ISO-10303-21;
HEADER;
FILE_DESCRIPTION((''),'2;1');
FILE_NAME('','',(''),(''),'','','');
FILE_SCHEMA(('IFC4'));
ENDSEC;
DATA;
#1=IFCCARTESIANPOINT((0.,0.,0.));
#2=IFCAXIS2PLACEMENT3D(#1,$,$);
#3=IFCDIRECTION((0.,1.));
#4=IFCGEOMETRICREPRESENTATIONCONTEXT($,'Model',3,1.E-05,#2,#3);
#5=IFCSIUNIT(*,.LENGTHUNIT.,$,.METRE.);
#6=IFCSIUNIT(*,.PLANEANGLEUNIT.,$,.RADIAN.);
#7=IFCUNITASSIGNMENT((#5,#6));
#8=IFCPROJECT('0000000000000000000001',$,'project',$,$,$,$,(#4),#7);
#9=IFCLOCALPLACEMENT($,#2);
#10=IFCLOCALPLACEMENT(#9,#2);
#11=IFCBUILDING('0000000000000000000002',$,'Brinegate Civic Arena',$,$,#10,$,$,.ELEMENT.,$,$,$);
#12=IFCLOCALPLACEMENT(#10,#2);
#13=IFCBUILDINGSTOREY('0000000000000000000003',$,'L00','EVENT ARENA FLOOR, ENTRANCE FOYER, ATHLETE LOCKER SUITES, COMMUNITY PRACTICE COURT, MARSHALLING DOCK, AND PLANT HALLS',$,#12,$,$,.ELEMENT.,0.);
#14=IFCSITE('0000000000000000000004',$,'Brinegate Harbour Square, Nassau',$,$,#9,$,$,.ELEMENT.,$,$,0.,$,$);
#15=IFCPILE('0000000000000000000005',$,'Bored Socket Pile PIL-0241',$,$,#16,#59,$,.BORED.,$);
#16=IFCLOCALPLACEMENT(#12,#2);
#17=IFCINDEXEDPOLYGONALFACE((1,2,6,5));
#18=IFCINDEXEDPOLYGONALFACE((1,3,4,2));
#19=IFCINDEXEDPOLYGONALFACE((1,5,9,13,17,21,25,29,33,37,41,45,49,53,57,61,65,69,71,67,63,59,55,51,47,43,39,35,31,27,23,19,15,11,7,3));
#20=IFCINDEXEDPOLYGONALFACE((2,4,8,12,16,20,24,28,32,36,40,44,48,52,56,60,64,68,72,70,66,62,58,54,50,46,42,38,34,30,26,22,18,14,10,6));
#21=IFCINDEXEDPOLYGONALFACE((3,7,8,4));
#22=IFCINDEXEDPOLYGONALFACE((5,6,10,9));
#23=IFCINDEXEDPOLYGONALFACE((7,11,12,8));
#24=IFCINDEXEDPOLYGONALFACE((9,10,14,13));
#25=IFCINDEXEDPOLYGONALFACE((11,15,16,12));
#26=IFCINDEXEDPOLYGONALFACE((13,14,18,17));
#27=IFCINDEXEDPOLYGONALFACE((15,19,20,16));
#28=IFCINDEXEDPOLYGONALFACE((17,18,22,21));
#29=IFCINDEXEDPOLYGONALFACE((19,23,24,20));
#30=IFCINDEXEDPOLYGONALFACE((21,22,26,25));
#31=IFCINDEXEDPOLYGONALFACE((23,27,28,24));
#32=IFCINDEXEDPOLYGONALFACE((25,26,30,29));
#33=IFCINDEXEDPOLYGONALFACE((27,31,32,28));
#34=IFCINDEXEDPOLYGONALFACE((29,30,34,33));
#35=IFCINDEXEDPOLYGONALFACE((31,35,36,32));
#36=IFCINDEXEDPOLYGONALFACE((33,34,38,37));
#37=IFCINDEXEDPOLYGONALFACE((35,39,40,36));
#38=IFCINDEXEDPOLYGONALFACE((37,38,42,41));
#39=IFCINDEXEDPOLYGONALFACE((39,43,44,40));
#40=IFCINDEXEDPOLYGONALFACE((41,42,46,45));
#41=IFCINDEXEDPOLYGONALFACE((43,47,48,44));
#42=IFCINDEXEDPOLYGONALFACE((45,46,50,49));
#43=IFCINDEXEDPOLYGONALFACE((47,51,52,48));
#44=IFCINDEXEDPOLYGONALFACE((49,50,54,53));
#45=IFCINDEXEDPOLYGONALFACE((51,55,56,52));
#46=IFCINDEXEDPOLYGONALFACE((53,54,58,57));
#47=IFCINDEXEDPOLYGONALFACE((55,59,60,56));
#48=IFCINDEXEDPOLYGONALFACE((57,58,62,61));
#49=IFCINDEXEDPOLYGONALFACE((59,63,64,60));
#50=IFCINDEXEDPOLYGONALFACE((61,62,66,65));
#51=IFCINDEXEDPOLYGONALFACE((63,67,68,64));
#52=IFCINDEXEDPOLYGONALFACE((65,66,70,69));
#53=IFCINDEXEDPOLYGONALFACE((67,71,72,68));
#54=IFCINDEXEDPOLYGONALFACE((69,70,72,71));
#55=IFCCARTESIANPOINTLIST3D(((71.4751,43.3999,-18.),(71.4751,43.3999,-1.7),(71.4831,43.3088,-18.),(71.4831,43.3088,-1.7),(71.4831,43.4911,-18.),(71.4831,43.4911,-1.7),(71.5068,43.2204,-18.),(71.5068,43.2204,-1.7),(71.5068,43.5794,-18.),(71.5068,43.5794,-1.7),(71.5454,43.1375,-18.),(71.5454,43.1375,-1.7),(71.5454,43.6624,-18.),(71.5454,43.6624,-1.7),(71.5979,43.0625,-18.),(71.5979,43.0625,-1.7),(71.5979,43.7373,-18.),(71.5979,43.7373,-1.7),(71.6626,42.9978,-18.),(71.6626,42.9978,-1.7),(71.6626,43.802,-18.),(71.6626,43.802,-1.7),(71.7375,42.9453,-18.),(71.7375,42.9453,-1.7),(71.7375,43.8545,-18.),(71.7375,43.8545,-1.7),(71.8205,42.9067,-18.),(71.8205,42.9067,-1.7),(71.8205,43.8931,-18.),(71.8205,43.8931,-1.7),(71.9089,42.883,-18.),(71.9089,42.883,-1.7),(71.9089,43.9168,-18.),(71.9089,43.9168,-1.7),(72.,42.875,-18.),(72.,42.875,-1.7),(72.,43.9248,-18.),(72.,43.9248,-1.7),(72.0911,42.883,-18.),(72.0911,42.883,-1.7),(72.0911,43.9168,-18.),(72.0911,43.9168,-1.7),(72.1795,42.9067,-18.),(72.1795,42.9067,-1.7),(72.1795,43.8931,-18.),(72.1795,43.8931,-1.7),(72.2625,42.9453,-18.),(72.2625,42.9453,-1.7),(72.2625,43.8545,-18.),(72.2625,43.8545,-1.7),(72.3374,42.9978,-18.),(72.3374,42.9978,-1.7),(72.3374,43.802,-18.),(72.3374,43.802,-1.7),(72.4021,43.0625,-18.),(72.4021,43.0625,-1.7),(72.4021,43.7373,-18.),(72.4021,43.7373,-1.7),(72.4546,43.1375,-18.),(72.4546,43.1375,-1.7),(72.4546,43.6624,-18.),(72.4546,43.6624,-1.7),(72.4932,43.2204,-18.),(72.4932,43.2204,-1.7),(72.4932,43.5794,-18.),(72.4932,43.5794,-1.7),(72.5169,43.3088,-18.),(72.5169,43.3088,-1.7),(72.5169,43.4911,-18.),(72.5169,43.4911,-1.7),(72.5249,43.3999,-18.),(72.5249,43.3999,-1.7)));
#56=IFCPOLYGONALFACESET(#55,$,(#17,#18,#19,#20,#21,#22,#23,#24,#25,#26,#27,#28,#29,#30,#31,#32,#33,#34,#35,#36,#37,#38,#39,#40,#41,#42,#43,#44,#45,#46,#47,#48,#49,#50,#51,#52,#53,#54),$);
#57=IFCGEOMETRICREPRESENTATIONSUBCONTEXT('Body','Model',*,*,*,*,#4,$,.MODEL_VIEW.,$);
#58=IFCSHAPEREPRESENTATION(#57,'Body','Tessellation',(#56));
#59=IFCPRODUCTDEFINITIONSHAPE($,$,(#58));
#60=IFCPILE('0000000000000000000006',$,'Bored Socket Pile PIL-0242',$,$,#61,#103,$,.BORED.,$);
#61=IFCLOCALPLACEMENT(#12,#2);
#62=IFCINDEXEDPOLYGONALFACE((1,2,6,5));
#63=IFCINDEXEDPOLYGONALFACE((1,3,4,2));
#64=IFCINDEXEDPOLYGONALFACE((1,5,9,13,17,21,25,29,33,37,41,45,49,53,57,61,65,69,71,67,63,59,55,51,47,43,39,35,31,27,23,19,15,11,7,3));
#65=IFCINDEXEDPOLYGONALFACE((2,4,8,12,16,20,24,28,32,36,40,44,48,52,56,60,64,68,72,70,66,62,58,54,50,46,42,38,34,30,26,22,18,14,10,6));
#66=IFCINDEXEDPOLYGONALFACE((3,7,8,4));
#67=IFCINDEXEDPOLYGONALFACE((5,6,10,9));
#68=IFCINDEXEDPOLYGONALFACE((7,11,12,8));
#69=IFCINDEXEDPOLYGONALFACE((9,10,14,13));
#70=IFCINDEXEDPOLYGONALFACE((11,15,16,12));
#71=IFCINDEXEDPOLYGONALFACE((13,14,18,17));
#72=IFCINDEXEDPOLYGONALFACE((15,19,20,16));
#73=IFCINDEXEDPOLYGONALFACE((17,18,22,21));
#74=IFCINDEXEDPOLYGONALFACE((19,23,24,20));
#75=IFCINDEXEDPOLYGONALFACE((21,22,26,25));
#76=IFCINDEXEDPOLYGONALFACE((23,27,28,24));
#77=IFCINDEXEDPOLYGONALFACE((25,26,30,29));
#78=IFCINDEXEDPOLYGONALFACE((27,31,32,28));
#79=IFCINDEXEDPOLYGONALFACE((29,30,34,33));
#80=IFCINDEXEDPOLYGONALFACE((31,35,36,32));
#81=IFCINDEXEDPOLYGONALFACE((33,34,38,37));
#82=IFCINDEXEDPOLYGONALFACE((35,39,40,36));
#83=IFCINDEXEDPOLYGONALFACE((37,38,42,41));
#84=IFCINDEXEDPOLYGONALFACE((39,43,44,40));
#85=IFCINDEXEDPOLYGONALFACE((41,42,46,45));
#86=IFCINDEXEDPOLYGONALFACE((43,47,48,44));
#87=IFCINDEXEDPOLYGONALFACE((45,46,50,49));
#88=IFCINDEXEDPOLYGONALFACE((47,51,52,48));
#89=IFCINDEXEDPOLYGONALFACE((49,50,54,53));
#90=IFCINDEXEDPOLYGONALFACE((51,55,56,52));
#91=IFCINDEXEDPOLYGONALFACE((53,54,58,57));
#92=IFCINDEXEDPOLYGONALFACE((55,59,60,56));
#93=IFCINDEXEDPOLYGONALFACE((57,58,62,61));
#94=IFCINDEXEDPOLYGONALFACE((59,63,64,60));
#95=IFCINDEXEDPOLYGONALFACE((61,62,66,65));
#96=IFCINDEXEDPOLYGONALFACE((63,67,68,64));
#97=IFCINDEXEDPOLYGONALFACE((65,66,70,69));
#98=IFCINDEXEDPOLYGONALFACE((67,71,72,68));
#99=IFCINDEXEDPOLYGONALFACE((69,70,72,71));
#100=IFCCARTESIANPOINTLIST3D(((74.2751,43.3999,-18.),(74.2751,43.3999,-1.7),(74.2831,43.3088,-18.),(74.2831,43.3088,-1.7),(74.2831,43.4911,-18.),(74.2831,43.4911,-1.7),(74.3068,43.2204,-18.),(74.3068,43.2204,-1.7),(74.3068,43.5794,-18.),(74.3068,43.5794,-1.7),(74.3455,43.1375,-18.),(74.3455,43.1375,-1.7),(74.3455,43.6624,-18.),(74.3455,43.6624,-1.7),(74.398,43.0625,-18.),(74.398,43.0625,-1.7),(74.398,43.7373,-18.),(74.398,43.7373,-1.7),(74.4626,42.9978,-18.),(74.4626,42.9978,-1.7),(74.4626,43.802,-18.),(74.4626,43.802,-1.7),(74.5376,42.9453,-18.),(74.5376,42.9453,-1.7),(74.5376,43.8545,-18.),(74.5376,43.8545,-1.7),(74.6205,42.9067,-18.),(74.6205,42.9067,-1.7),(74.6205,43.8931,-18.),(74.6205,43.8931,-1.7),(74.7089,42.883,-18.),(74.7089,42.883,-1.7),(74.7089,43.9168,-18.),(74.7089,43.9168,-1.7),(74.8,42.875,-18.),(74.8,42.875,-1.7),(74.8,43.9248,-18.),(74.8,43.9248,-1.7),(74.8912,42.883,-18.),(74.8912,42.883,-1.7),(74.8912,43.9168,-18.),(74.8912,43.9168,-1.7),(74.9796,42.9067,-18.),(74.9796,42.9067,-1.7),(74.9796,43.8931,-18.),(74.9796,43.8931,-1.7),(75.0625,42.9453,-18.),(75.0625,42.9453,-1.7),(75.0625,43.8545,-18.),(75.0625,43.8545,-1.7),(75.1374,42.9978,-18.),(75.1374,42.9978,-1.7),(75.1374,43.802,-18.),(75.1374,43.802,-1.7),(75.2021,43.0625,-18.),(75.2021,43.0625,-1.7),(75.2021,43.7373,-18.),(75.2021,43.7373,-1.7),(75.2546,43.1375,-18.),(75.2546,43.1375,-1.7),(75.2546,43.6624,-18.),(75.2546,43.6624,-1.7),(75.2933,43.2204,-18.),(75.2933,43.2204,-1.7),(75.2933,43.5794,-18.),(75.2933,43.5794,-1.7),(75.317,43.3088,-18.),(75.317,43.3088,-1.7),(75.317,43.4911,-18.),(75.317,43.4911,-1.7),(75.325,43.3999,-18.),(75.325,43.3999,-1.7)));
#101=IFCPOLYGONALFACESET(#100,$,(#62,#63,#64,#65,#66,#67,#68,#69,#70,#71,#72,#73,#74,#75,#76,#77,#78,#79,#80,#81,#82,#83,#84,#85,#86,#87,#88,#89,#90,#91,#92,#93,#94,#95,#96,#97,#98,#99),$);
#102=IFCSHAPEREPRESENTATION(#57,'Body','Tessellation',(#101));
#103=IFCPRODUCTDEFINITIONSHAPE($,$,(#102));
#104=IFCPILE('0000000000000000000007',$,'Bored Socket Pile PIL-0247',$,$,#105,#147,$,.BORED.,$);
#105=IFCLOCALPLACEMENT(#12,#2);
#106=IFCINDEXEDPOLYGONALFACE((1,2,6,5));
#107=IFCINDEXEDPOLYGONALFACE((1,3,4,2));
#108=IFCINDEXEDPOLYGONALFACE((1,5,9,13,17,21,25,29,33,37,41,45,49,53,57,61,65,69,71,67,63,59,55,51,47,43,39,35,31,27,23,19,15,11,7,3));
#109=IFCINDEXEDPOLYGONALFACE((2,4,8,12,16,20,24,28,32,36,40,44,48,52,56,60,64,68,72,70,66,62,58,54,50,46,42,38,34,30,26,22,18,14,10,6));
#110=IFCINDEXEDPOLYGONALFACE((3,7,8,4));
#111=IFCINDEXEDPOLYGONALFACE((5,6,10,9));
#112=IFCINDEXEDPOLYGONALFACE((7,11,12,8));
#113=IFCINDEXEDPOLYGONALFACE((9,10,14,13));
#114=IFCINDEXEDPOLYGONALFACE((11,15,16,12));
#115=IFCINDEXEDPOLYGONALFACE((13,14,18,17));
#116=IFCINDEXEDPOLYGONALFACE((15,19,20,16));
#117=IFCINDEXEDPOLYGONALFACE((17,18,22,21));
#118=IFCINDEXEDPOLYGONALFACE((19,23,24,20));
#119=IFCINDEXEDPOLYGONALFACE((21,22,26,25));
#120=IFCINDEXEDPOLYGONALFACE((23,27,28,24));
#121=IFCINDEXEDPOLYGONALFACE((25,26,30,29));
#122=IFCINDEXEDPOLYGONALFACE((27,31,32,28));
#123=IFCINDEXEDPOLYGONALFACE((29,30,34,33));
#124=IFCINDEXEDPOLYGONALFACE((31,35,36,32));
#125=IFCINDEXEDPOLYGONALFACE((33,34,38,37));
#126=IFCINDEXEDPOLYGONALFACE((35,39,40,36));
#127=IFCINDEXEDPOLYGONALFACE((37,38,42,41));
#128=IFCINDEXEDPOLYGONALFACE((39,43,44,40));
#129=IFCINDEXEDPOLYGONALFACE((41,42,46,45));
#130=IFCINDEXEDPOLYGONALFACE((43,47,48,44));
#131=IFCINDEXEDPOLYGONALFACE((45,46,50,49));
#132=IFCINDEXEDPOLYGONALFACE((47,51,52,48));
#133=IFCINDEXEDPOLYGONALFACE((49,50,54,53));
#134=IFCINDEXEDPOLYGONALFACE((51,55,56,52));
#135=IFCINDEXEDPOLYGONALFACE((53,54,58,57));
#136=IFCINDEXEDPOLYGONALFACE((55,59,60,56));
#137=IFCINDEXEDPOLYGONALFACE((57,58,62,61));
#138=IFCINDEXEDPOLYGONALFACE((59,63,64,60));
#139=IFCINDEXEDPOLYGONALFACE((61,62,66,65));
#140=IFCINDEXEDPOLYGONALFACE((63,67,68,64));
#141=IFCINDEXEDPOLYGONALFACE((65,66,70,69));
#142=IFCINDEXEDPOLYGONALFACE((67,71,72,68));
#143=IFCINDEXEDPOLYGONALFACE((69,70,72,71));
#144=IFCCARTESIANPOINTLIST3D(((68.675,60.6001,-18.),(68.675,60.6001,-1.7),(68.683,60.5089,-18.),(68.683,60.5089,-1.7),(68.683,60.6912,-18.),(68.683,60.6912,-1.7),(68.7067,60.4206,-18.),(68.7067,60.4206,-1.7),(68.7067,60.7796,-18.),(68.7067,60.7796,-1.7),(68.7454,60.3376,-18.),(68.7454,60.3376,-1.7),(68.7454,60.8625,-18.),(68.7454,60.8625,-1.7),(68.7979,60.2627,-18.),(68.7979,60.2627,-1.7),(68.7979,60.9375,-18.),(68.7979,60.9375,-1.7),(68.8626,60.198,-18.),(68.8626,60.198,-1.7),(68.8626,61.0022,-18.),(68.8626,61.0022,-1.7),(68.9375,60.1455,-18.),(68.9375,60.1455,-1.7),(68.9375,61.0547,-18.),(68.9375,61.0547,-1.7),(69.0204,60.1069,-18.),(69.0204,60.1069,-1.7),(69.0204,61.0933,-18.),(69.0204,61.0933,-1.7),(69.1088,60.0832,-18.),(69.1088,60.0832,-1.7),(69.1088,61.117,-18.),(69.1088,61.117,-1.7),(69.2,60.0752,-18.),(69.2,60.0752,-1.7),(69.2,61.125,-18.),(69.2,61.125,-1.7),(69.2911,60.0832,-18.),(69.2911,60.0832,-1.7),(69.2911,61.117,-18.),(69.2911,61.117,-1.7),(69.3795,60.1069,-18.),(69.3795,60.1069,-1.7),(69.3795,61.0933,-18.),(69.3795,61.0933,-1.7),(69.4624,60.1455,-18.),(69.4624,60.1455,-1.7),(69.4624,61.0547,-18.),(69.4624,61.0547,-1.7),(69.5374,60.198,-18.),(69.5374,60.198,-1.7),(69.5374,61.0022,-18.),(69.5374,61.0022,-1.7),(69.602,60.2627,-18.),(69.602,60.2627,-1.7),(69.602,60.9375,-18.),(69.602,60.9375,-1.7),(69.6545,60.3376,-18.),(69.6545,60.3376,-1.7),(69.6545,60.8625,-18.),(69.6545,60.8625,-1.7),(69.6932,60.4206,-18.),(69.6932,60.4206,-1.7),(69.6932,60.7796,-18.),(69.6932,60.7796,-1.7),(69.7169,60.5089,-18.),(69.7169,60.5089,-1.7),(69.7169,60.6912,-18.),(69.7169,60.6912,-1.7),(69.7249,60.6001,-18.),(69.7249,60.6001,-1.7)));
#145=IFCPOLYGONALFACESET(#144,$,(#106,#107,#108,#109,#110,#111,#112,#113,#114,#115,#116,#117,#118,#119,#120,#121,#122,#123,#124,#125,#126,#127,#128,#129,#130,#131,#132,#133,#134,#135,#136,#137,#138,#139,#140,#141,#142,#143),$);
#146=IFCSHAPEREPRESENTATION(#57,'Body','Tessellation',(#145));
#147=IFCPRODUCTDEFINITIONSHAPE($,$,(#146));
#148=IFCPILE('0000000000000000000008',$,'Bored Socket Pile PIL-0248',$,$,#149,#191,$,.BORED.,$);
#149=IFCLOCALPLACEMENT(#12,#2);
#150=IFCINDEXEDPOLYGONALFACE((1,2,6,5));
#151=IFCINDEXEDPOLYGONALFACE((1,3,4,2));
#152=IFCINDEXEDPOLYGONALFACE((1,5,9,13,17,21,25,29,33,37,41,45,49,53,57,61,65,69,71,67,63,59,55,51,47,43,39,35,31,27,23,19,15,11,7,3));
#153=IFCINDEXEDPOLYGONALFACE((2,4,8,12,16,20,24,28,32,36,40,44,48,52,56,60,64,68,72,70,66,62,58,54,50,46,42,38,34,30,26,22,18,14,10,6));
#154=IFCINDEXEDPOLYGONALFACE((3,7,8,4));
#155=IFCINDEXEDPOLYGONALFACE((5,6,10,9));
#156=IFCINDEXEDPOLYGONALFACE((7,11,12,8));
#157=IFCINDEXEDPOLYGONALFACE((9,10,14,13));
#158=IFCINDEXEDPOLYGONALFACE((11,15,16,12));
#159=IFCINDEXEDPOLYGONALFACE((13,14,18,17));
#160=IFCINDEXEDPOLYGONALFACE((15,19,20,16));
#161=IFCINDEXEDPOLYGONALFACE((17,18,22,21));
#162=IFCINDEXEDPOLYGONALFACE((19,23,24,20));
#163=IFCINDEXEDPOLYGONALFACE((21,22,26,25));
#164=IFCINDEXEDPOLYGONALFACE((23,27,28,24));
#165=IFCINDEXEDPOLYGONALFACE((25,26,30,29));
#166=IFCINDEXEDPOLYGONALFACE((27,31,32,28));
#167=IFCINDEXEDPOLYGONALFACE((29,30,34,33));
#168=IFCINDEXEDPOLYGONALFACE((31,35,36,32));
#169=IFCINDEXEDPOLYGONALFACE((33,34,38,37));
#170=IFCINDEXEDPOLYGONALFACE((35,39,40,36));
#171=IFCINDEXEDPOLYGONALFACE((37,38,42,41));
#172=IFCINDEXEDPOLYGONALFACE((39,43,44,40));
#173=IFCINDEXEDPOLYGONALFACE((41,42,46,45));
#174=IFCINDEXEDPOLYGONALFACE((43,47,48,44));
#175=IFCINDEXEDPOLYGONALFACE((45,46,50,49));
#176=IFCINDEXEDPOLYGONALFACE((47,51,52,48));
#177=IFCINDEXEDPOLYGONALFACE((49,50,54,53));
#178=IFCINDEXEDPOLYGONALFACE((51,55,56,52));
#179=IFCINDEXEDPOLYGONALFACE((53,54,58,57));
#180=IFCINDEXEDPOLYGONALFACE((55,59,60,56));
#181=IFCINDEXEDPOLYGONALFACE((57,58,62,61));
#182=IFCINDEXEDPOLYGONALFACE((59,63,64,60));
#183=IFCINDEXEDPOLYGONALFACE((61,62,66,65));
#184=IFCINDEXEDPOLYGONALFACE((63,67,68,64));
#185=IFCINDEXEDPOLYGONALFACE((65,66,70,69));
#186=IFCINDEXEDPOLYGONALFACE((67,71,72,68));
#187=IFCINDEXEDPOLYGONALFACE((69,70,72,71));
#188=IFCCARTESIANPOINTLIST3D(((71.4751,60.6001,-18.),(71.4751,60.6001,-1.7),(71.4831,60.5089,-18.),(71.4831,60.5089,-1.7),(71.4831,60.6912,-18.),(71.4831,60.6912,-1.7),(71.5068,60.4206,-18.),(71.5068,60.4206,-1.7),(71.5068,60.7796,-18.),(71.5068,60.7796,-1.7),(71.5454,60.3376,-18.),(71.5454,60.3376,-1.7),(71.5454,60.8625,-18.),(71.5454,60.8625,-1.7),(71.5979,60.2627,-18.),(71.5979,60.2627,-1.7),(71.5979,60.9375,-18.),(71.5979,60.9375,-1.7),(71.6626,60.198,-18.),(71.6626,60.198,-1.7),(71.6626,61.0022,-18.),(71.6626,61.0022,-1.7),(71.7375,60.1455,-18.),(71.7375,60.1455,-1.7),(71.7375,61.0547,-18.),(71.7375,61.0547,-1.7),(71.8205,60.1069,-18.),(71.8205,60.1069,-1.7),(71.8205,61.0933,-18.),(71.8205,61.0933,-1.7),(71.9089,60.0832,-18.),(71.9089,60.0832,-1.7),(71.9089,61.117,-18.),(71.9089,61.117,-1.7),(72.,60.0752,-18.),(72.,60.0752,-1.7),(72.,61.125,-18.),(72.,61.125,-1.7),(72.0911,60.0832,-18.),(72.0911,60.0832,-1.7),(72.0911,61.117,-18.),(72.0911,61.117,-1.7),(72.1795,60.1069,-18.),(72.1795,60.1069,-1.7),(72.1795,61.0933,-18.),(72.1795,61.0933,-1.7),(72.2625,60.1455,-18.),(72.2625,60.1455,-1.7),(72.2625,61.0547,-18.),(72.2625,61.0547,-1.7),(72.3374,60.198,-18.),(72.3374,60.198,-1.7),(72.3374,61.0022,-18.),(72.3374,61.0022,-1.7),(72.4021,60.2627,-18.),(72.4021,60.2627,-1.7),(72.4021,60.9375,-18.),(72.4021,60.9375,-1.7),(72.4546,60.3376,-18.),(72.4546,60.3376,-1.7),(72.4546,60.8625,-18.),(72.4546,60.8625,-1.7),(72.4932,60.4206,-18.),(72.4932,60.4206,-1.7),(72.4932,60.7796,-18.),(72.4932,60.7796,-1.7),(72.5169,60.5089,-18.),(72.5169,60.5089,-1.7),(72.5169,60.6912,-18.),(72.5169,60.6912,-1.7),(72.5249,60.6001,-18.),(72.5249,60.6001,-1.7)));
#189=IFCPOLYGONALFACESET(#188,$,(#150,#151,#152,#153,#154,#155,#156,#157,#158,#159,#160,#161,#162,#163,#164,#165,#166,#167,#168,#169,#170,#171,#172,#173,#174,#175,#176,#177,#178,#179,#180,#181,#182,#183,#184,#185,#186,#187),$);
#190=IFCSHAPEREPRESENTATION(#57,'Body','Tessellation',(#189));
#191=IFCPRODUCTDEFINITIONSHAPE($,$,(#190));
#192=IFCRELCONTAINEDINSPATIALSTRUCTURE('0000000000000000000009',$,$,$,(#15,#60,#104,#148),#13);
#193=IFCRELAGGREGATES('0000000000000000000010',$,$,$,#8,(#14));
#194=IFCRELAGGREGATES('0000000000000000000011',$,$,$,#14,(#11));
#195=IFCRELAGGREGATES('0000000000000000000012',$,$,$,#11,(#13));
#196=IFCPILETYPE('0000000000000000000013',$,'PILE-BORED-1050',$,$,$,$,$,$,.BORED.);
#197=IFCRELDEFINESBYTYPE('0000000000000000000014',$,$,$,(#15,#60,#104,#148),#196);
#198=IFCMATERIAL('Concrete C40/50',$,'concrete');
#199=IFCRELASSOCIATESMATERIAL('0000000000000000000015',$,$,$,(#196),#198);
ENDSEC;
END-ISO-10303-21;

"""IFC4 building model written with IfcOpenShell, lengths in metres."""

from ifc_helpers import new_model, si_unit, direction, frame, origin, origin_2d, place, context, subcontext, project, spatial, circle, extrude, material, material_profile, profile_set, type_object, element, save


model = new_model("IFC4")

# Units and contexts
model_context = context("Model", 3, precision=1e-05, world=origin(), true_north=direction((0.0, 1.0)))
body_context = subcontext(model_context, "Body", "Model", "MODEL_VIEW")
ifc_project = project(units=[si_unit("LENGTHUNIT", "METRE"), si_unit("PLANEANGLEUNIT", "RADIAN")], contexts=[model_context])

# Site, building, storey
site_placement = place(None, origin())
site = spatial("IfcSite", under=ifc_project, at=site_placement, Name="Brinegate Harbour Square, Nassau", CompositionType="ELEMENT", RefElevation=0.0)
building_placement = place(site_placement, origin())
building = spatial("IfcBuilding", under=site, at=building_placement, Name="Brinegate Civic Arena", CompositionType="ELEMENT")
storey_placement = place(building_placement, origin())
storey = spatial("IfcBuildingStorey", under=building, at=storey_placement, Name="L00", Description="EVENT ARENA FLOOR, ENTRANCE FOYER, ATHLETE LOCKER SUITES, COMMUNITY PRACTICE COURT, MARSHALLING DOCK, AND PLANT HALLS", CompositionType="ELEMENT", Elevation=0.0)

# Shared definitions
ifc_material_1 = material(Name="Concrete C40/50", Category="concrete")

# Piles
ifc_material_profile_1 = material_profile(ifc_material_1, circle(Radius=0.5249, at=origin_2d()), Name="PILED1050")
ifc_profile_set_1 = profile_set([ifc_material_profile_1], Name="Concrete C40/50")
pile_type_1 = type_object("IfcPileType", Name="PILE-BORED-1050", PredefinedType="BORED", material=ifc_profile_set_1)
for number, where, z_axis, x_axis, name in (
    (1, (72.0, 43.3999, -1.7), (0.0, 0.0, -1.0), (1.0, 0.0, 0.0), "Bored Socket Pile PIL-0241"),
    (2, (74.8, 43.3999, -1.7), (0.0, 0.0, -1.0), (1.0, 0.0, 0.0), "Bored Socket Pile PIL-0242"),
    (3, (69.2, 60.6001, -1.7), (0.0, 0.0, -1.0), (1.0, 0.0, 0.0), "Bored Socket Pile PIL-0247"),
    (4, (72.0, 60.6001, -1.7), (0.0, 0.0, -1.0), (1.0, 0.0, 0.0), "Bored Socket Pile PIL-0248"),
):
    element("IfcPile", number, at=place(storey_placement, frame(where, z_axis=z_axis, x_axis=x_axis)), inside=storey, type_object=pile_type_1, Name=name, PredefinedType="BORED", context=body_context, shape_type="SweptSolid", body=[
        extrude(circle(Radius=0.5249, at=origin_2d()), origin(), (0.0, 0.0, 1.0), 16.3),
    ])

save(model, "model.ifc")
